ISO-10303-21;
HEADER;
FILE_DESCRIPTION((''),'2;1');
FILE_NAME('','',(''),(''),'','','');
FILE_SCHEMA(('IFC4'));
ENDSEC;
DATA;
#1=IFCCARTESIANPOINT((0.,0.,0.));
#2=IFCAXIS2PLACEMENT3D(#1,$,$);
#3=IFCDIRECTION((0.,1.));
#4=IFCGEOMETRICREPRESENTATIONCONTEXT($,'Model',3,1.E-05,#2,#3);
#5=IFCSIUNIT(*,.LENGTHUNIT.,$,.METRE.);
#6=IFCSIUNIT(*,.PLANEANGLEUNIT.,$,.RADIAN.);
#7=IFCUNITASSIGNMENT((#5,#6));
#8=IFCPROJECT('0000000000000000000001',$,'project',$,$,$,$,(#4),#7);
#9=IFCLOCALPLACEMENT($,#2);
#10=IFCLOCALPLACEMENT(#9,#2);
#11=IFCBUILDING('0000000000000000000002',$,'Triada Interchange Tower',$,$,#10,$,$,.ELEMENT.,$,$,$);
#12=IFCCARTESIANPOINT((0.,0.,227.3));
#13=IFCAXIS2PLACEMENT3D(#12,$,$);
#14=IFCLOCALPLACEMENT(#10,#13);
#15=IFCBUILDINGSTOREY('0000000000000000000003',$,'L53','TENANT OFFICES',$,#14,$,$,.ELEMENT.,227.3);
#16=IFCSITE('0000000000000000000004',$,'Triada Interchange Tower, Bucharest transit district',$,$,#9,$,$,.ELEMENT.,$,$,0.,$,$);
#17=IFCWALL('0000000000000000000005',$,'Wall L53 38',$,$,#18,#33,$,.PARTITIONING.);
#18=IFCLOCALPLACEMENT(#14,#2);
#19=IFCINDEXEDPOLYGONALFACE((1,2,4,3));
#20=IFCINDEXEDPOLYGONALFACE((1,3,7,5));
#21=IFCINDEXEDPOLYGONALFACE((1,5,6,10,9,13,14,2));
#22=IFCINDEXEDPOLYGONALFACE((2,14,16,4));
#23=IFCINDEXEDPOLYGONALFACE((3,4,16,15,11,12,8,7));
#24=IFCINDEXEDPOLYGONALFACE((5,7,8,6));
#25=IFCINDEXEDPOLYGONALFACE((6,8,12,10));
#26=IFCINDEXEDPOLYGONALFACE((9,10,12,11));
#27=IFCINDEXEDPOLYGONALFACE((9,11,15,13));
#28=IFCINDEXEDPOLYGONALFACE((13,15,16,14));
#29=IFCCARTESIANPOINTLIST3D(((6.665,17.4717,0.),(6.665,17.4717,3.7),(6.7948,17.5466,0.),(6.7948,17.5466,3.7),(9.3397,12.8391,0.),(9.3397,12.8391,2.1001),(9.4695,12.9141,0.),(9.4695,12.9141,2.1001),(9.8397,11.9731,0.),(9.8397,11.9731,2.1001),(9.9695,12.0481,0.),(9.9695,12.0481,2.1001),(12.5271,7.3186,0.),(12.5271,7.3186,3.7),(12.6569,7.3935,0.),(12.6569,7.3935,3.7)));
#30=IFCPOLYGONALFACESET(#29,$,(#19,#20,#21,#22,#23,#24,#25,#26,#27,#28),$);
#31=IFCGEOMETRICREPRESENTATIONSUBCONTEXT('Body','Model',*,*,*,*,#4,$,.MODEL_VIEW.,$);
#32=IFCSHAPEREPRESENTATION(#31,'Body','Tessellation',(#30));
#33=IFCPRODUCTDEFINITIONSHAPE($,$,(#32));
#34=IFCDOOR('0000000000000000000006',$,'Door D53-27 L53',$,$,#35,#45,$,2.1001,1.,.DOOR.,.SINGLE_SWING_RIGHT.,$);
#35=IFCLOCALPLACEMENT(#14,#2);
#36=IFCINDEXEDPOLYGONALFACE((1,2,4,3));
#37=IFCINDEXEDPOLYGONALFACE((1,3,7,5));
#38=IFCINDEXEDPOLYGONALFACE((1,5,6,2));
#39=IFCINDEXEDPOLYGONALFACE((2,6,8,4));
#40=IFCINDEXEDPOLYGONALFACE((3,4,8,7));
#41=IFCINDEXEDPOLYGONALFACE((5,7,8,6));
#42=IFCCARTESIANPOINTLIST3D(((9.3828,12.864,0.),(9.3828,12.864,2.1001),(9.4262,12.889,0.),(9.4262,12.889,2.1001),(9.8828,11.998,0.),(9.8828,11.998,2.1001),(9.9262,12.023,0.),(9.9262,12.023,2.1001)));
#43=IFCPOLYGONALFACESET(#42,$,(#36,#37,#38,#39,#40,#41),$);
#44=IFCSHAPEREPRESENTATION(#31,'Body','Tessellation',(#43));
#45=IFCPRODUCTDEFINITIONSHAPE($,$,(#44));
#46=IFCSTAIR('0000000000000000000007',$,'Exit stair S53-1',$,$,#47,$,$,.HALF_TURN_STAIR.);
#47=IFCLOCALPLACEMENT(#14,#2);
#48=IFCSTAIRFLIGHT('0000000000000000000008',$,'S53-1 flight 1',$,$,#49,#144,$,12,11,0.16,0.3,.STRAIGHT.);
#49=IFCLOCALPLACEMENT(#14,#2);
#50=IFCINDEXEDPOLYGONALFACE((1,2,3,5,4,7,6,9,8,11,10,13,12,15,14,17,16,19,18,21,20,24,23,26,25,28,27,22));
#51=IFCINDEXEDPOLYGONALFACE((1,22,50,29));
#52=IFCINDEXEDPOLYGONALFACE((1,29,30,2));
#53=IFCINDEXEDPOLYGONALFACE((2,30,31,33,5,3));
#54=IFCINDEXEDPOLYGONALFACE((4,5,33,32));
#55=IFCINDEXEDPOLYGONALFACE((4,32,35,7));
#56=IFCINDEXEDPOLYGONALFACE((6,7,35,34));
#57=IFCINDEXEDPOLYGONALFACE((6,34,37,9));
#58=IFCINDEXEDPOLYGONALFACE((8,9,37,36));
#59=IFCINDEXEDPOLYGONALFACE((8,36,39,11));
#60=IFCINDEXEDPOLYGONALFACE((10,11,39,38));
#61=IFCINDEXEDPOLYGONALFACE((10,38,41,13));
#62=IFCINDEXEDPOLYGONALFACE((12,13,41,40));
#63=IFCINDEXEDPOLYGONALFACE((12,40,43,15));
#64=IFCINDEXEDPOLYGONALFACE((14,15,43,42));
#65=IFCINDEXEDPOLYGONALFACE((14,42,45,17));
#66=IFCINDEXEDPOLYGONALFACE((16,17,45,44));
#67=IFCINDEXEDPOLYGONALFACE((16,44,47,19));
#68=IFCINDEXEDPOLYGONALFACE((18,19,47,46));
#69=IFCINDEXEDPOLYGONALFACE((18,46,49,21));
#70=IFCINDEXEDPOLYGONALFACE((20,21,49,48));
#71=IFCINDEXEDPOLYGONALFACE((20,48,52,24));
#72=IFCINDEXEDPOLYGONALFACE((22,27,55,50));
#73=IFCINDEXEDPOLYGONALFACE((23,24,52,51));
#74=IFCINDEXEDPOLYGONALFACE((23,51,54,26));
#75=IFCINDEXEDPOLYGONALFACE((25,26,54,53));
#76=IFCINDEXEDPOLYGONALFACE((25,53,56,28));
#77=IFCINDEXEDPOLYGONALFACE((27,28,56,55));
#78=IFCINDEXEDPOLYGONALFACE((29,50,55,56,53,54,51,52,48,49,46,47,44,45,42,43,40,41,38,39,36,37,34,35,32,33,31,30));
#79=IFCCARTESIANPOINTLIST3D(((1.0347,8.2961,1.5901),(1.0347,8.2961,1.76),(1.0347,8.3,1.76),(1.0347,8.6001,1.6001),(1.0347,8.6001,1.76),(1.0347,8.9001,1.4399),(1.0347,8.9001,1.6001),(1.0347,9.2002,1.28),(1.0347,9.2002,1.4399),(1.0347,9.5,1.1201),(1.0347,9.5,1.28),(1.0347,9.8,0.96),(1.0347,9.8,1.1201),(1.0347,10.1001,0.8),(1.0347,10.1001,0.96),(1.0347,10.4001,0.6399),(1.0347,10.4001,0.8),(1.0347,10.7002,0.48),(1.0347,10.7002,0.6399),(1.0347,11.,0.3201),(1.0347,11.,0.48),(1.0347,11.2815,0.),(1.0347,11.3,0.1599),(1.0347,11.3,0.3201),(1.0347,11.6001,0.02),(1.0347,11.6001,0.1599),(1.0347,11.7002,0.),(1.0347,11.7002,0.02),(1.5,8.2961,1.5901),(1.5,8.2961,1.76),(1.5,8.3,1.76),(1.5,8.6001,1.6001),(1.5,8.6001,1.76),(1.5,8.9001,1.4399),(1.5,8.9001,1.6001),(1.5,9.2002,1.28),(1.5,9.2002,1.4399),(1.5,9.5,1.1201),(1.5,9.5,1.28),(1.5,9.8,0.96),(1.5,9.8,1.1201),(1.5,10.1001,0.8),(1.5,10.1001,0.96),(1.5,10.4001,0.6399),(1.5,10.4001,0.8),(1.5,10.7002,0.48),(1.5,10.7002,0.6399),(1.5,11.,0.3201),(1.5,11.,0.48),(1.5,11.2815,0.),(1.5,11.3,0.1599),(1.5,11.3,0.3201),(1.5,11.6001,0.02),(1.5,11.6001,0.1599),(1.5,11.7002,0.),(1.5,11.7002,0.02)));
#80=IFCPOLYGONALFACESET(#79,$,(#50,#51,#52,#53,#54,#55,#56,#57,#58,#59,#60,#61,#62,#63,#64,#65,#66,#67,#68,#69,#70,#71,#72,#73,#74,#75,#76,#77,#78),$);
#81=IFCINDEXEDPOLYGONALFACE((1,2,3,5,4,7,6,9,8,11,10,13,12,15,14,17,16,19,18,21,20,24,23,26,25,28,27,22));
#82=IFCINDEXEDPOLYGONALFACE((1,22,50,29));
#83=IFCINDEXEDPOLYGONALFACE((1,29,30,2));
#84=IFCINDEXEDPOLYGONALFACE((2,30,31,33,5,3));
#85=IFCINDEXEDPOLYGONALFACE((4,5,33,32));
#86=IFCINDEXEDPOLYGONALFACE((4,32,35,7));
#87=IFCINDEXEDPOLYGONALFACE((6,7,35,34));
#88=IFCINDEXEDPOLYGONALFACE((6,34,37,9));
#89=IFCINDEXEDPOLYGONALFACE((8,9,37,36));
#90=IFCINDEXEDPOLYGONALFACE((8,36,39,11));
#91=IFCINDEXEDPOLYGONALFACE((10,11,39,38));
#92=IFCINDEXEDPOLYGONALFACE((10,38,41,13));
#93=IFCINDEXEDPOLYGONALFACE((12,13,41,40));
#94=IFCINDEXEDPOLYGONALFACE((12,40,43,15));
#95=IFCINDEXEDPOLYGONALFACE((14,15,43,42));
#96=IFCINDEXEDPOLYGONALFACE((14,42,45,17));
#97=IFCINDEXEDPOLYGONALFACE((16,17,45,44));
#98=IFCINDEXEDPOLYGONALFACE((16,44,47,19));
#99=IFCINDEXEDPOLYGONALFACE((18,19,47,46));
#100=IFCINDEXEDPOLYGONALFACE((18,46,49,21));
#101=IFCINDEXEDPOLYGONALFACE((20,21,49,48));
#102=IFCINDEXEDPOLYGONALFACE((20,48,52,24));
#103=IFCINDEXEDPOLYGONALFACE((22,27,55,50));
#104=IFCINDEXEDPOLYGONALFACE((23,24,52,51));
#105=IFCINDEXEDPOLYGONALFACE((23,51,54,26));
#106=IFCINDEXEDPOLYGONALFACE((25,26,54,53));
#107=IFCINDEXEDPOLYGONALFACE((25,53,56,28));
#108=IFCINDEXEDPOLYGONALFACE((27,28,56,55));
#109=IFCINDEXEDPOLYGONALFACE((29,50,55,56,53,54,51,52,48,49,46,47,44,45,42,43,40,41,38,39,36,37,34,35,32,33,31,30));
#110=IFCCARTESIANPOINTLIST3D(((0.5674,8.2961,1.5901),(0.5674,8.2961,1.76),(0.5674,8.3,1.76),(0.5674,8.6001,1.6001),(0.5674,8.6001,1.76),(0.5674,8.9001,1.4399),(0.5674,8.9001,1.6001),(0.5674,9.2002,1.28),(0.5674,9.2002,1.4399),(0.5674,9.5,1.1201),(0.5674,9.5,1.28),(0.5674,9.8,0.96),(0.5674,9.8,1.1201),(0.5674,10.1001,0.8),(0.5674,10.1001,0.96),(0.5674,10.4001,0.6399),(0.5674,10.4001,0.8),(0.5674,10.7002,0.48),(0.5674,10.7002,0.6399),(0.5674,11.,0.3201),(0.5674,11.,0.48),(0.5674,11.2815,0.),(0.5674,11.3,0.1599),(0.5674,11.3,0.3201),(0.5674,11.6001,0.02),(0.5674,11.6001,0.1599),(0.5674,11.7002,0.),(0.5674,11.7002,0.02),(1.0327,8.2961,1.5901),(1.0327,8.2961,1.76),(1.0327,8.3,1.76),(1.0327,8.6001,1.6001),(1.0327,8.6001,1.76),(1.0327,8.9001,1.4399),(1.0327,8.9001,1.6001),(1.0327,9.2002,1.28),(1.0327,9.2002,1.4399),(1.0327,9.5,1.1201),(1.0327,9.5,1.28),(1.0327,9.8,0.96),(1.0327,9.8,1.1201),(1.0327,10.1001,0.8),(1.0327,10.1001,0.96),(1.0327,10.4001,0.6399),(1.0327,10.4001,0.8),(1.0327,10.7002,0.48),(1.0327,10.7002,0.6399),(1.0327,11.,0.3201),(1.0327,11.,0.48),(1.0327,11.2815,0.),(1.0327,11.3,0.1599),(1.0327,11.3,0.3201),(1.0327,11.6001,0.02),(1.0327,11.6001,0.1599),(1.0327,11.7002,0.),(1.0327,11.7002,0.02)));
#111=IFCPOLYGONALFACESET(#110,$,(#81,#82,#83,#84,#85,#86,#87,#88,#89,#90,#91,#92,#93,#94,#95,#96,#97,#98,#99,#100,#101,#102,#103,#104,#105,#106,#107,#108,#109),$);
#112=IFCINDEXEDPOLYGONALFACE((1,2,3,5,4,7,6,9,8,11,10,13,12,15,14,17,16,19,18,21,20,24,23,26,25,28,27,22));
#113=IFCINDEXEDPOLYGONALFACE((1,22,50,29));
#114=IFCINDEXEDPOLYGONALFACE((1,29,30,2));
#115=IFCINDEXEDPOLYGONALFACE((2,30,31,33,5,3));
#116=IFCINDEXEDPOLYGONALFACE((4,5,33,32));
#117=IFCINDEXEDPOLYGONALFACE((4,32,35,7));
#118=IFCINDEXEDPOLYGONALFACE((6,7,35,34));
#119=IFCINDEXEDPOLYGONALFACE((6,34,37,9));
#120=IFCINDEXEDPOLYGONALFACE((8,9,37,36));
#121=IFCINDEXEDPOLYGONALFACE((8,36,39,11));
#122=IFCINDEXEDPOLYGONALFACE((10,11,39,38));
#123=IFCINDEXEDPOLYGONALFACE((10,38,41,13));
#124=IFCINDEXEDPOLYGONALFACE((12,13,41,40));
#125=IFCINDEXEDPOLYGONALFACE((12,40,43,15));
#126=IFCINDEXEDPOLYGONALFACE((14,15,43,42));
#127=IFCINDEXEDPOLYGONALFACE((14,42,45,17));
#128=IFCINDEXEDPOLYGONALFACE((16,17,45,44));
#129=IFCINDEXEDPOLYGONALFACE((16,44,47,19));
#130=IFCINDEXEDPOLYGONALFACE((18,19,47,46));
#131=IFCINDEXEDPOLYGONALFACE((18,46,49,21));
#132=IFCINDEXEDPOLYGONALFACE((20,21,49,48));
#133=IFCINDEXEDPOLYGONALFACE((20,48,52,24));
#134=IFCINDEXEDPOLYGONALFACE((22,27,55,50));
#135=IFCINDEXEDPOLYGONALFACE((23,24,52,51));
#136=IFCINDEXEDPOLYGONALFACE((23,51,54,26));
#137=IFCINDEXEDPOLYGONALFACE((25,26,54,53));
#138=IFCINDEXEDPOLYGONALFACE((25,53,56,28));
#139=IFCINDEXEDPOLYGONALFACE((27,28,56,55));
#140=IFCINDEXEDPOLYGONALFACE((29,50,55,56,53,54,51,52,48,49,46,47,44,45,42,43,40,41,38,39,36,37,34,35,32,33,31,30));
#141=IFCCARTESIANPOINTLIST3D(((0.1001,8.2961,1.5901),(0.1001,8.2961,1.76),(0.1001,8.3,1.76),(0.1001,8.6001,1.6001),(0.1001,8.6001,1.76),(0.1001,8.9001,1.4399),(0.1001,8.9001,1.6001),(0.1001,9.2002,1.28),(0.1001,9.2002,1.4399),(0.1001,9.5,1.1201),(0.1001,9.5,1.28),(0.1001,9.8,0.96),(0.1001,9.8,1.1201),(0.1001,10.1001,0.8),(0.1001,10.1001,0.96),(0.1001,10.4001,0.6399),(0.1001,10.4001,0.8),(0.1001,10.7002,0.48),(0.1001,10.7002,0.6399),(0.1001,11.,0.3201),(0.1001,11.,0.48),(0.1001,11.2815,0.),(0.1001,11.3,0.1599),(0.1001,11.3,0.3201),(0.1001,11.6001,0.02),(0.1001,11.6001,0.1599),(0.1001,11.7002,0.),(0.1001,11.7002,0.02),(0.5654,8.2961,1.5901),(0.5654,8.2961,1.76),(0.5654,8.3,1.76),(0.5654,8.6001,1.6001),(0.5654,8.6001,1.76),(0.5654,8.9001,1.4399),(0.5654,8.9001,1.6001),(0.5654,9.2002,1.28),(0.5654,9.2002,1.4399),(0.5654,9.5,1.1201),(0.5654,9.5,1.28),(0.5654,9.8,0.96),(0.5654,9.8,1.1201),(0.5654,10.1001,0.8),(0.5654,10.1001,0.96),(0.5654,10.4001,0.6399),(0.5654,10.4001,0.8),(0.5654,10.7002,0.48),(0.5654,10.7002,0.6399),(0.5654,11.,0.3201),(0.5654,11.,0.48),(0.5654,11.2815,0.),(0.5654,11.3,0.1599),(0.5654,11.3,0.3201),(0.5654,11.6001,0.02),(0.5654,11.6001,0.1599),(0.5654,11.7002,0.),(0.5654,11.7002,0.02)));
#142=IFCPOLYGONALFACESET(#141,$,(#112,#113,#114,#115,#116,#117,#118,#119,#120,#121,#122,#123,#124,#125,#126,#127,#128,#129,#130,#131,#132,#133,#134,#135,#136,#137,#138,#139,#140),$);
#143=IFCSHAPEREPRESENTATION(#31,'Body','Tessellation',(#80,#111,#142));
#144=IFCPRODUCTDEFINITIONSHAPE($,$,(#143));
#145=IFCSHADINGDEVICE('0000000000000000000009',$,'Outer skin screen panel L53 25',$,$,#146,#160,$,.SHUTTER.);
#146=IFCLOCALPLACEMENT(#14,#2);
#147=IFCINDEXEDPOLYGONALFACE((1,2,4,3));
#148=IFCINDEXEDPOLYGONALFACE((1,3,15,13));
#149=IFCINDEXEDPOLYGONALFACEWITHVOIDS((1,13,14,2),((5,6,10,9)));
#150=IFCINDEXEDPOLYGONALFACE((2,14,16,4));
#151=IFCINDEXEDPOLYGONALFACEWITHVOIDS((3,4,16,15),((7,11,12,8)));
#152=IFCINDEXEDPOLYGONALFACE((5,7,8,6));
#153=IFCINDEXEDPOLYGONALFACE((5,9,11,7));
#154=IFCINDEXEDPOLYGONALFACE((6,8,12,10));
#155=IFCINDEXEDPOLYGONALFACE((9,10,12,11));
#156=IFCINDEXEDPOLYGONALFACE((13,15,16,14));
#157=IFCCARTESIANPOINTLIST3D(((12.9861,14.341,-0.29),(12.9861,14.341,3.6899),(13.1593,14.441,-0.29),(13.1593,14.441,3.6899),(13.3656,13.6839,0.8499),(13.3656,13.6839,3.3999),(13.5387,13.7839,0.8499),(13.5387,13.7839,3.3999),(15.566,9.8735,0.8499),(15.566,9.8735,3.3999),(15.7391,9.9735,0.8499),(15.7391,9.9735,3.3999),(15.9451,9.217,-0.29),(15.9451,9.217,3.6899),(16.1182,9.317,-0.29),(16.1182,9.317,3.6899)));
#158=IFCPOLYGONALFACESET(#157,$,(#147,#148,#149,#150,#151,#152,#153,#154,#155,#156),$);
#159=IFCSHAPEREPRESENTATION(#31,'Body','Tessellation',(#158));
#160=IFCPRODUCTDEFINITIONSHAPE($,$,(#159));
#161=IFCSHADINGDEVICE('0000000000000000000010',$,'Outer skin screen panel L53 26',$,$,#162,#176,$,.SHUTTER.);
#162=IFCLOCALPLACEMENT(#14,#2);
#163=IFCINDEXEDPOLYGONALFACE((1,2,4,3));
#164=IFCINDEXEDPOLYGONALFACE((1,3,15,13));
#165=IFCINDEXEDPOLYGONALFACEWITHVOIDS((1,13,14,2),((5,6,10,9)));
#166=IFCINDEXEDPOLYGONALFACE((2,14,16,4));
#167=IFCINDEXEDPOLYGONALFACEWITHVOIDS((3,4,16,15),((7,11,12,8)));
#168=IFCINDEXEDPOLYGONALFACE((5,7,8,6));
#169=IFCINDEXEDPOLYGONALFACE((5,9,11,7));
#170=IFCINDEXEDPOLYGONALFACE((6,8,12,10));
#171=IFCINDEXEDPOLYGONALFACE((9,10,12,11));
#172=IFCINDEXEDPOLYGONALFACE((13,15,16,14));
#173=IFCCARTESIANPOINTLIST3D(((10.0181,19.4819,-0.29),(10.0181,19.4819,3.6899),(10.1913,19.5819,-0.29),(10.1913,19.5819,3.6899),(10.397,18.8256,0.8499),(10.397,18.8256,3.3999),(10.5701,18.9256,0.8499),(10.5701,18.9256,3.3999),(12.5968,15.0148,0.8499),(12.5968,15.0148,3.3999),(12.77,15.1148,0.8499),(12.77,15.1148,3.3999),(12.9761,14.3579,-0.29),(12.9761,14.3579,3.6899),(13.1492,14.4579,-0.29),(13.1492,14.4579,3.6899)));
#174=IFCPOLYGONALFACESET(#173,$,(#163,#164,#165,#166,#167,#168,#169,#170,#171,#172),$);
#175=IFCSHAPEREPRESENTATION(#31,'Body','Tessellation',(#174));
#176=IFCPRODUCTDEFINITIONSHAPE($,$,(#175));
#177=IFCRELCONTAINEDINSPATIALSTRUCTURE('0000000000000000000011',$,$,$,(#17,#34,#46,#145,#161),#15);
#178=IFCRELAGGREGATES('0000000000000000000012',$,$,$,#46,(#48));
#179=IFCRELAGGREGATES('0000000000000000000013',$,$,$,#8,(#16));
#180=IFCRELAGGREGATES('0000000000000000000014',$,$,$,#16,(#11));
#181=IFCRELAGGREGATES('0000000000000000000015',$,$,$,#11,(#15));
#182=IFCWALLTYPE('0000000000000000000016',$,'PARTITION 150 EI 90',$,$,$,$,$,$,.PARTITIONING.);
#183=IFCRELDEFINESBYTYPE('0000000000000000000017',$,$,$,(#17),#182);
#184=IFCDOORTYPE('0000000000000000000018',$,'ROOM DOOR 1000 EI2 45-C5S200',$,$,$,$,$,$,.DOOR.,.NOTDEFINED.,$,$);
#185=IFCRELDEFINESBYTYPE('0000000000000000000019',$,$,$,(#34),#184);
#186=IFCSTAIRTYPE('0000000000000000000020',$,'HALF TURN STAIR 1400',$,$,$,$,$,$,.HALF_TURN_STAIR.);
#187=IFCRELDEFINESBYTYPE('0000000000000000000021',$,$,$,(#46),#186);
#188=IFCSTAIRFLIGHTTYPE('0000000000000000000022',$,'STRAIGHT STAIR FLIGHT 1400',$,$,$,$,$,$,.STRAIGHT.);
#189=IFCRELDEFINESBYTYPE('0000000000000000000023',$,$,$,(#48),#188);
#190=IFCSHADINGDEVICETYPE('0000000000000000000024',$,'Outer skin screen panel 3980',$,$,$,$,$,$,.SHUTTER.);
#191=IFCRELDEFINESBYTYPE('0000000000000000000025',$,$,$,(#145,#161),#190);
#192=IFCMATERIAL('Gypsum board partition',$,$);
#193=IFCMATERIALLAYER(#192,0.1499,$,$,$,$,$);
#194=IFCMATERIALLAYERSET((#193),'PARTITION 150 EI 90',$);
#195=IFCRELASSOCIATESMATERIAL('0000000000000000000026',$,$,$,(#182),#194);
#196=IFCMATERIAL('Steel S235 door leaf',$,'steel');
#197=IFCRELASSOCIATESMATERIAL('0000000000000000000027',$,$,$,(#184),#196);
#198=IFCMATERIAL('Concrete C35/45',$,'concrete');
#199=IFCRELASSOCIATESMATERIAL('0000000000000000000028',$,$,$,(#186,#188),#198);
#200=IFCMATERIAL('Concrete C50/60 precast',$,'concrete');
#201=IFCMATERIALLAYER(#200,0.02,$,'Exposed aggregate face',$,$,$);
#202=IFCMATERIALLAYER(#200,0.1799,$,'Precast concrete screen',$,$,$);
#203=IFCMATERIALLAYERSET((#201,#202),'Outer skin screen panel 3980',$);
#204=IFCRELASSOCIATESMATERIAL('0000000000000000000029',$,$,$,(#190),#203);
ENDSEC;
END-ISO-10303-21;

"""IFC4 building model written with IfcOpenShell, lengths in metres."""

from ifc_helpers import new_model, si_unit, direction, frame, frame_2d, origin, place, context, subcontext, project, spatial, polyline, rectangle, outline, extrude, material, layer, layer_set, type_object, element, fill, aggregate, save


model = new_model("IFC4")

# Units and contexts
model_context = context("Model", 3, precision=1e-05, world=origin(), true_north=direction((0.0, 1.0)))
body_context = subcontext(model_context, "Body", "Model", "MODEL_VIEW")
ifc_project = project(units=[si_unit("LENGTHUNIT", "METRE"), si_unit("PLANEANGLEUNIT", "RADIAN")], contexts=[model_context])

# Site, building, storey
site_placement = place(None, origin())
site = spatial("IfcSite", under=ifc_project, at=site_placement, Name="Triada Interchange Tower, Bucharest transit district", CompositionType="ELEMENT", RefElevation=0.0)
building_placement = place(site_placement, origin())
building = spatial("IfcBuilding", under=site, at=building_placement, Name="Triada Interchange Tower", CompositionType="ELEMENT")
storey_placement = place(building_placement, frame((0.0, 0.0, 227.3)))
storey = spatial("IfcBuildingStorey", under=building, at=storey_placement, Name="L53", Description="TENANT OFFICES", CompositionType="ELEMENT", Elevation=227.3)

# Shared definitions
ifc_material_1 = material(Name="Steel S235 door leaf", Category="steel")

# Shared definitions
ifc_material_2 = material(Name="Gypsum board partition")

# Wall, opening, door
ifc_layer_1 = layer(ifc_material_2, 0.1499)
ifc_layer_set_1 = layer_set([ifc_layer_1], Name="PARTITION 150 EI 90")
wall_type_1 = type_object("IfcWallType", Name="PARTITION 150 EI 90", PredefinedType="PARTITIONING", material=ifc_layer_set_1)
wall_1_placement = place(storey_placement, frame((6.73, 17.509, 0.0), z_axis=(0.0, 0.0, 1.0), x_axis=(0.500011, -0.866019, 0.0)))
wall_1 = element("IfcWall", 1, at=wall_1_placement, inside=storey, type_object=wall_type_1, Name="Wall L53 38", PredefinedType="PARTITIONING", context=body_context, shape_type="SweptSolid", body=[
    extrude(rectangle(XDim=11.7239, YDim=0.1499, at=frame_2d((5.8618, 0.0))), origin(), (0.0, 0.0, 1.0), 3.7),
])
opening_1_placement = place(wall_1_placement, frame((5.3491, 0.0, 0.0)))
opening_1 = element("IfcOpeningElement", 2, at=opening_1_placement, cuts=wall_1, PredefinedType="OPENING", context=body_context, shape_type="SweptSolid", body=[
    extrude(rectangle(XDim=1.0, YDim=2.1001, at=frame_2d((0.5, 1.05))), frame((0.0, 0.085, 0.0), z_axis=(0.0, -1.0, 0.0), x_axis=(1.0, 0.0, 0.0)), (0.0, 0.0, 1.0), 0.1699),
])
door_type_1 = type_object("IfcDoorType", Name="ROOM DOOR 1000 EI2 45-C5S200", OperationType="NOTDEFINED", PredefinedType="DOOR", material=ifc_material_1)
door_1_placement = place(opening_1_placement, origin())
door_1 = element("IfcDoor", 3, at=door_1_placement, inside=storey, type_object=door_type_1, Name="Door D53-27 L53", OperationType="SINGLE_SWING_RIGHT", OverallHeight=2.1001, OverallWidth=1.0, PredefinedType="DOOR", context=body_context, shape_type="SweptSolid", body=[
    extrude(rectangle(XDim=1.0, YDim=2.1001, at=frame_2d((0.5, 1.05))), frame((0.0, 0.0249, 0.0), z_axis=(0.0, -1.0, 0.0), x_axis=(1.0, 0.0, 0.0)), (0.0, 0.0, 1.0), 0.05),
])
fill(opening_1, door_1)

# Stair, stair flight
ifc_material_3 = material(Name="Concrete C35/45", Category="concrete")
stair_type = type_object("IfcStairType", Name="HALF TURN STAIR 1400", PredefinedType="HALF_TURN_STAIR", material=ifc_material_3)
stair_placement = place(storey_placement, origin())
stair = element("IfcStair", 4, at=stair_placement, inside=storey, type_object=stair_type, Name="Exit stair S53-1", PredefinedType="HALF_TURN_STAIR")
stair_flight_type = type_object("IfcStairFlightType", Name="STRAIGHT STAIR FLIGHT 1400", PredefinedType="STRAIGHT", material=ifc_material_3)
stair_flight_placement = place(storey_placement, frame((0.8, 11.6001, 0.0), z_axis=(0.0, 0.0, 1.0), x_axis=(0.0, -1.0, 0.0)))
stair_flight = element("IfcStairFlight", 5, at=stair_flight_placement, type_object=stair_flight_type, Name="S53-1 flight 1", NumberOfRisers=12, NumberOfTreads=11, PredefinedType="STRAIGHT", RiserHeight=0.16, TreadLength=0.3, context=body_context, shape_type="SweptSolid", body=[
    extrude(outline(polyline([(-0.1001, 0.0), (-0.1001, 0.02), (0.0, 0.02), (0.0, 0.1599), (0.3, 0.1599), (0.3, 0.3201), (0.6001, 0.3201), (0.6001, 0.48), (0.8999, 0.48), (0.8999, 0.6399), (1.2, 0.6399), (1.2, 0.8), (1.5, 0.8), (1.5, 0.96), (1.8, 0.96), (1.8, 1.1201), (2.1001, 1.1201), (2.1001, 1.28), (2.3999, 1.28), (2.3999, 1.4399), (2.7, 1.4399), (2.7, 1.6001), (3.0, 1.6001), (3.0, 1.76), (3.3, 1.76), (3.304, 1.76), (3.304, 1.9199), (3.304, 1.5901), (0.3186, 0.0), (-0.1001, 0.0)])), frame((0.0, 0.7, 0.0), z_axis=(0.0, -1.0, 0.0), x_axis=(1.0, 0.0, 0.0)), (0.0, 0.0, 1.0), 0.4653),
    extrude(outline(polyline([(-0.1001, 0.0), (-0.1001, 0.02), (0.0, 0.02), (0.0, 0.1599), (0.3, 0.1599), (0.3, 0.3201), (0.6001, 0.3201), (0.6001, 0.48), (0.8999, 0.48), (0.8999, 0.6399), (1.2, 0.6399), (1.2, 0.8), (1.5, 0.8), (1.5, 0.96), (1.8, 0.96), (1.8, 1.1201), (2.1001, 1.1201), (2.1001, 1.28), (2.3999, 1.28), (2.3999, 1.4399), (2.7, 1.4399), (2.7, 1.6001), (3.0, 1.6001), (3.0, 1.76), (3.3, 1.76), (3.304, 1.76), (3.304, 1.9199), (3.304, 1.5901), (0.3186, 0.0), (-0.1001, 0.0)])), frame((0.0, 0.2327, 0.0), z_axis=(0.0, -1.0, 0.0), x_axis=(1.0, 0.0, 0.0)), (0.0, 0.0, 1.0), 0.4653),
    extrude(outline(polyline([(-0.1001, 0.0), (-0.1001, 0.02), (0.0, 0.02), (0.0, 0.1599), (0.3, 0.1599), (0.3, 0.3201), (0.6001, 0.3201), (0.6001, 0.48), (0.8999, 0.48), (0.8999, 0.6399), (1.2, 0.6399), (1.2, 0.8), (1.5, 0.8), (1.5, 0.96), (1.8, 0.96), (1.8, 1.1201), (2.1001, 1.1201), (2.1001, 1.28), (2.3999, 1.28), (2.3999, 1.4399), (2.7, 1.4399), (2.7, 1.6001), (3.0, 1.6001), (3.0, 1.76), (3.3, 1.76), (3.304, 1.76), (3.304, 1.9199), (3.304, 1.5901), (0.3186, 0.0), (-0.1001, 0.0)])), frame((0.0, -0.2346, 0.0), z_axis=(0.0, -1.0, 0.0), x_axis=(1.0, 0.0, 0.0)), (0.0, 0.0, 1.0), 0.4653),
])

# Shading devices
ifc_material_4 = material(Name="Concrete C50/60 precast", Category="concrete")
ifc_layer_2 = layer(ifc_material_4, 0.02, Name="Exposed aggregate face")
ifc_layer_3 = layer(ifc_material_4, 0.1799, Name="Precast concrete screen")
ifc_layer_set_2 = layer_set([ifc_layer_2, ifc_layer_3], Name="Outer skin screen panel 3980")
shading_device_type = type_object("IfcShadingDeviceType", Name="Outer skin screen panel 3980", PredefinedType="SHUTTER", material=ifc_layer_set_2)
shading_device_1_placement = place(storey_placement, frame((15.9451, 9.217, -0.29), z_axis=(0.0, 0.0, 1.0), x_axis=(-0.50008, 0.865979, 0.0)))
element("IfcShadingDevice", 6, at=shading_device_1_placement, inside=storey, type_object=shading_device_type, Name="Outer skin screen panel L53 25", PredefinedType="SHUTTER", context=body_context, shape_type="SweptSolid", body=[
    extrude(outline(polyline([(0.0, 0.0), (5.917, 0.0), (5.917, 3.98), (0.0, 3.98), (0.0, 0.0)]), holes=[polyline([(0.7581, 1.1399), (0.7581, 3.6899), (5.1582, 3.6899), (5.1582, 1.1399), (0.7581, 1.1399)])]), frame((0.0, 0.0, 0.0), z_axis=(0.0, -1.0, 0.0), x_axis=(1.0, 0.0, 0.0)), (0.0, 0.0, 1.0), 0.2),
])
shading_device_2_placement = place(storey_placement, frame((12.9761, 14.3579, -0.29), z_axis=(0.0, 0.0, 1.0), x_axis=(-0.499956, 0.866051, 0.0)))
element("IfcShadingDevice", 7, at=shading_device_2_placement, inside=storey, type_object=shading_device_type, Name="Outer skin screen panel L53 26", PredefinedType="SHUTTER", context=body_context, shape_type="SweptSolid", body=[
    extrude(outline(polyline([(0.0, 0.0), (5.9165, 0.0), (5.9165, 3.98), (0.0, 3.98), (0.0, 0.0)]), holes=[polyline([(0.7585, 1.1399), (0.7585, 3.6899), (5.1587, 3.6899), (5.1587, 1.1399), (0.7585, 1.1399)])]), frame((0.0, 0.0, 0.0), z_axis=(0.0, -1.0, 0.0), x_axis=(1.0, 0.0, 0.0)), (0.0, 0.0, 1.0), 0.2),
])

aggregate(stair, [stair_flight])

save(model, "model.ifc")
